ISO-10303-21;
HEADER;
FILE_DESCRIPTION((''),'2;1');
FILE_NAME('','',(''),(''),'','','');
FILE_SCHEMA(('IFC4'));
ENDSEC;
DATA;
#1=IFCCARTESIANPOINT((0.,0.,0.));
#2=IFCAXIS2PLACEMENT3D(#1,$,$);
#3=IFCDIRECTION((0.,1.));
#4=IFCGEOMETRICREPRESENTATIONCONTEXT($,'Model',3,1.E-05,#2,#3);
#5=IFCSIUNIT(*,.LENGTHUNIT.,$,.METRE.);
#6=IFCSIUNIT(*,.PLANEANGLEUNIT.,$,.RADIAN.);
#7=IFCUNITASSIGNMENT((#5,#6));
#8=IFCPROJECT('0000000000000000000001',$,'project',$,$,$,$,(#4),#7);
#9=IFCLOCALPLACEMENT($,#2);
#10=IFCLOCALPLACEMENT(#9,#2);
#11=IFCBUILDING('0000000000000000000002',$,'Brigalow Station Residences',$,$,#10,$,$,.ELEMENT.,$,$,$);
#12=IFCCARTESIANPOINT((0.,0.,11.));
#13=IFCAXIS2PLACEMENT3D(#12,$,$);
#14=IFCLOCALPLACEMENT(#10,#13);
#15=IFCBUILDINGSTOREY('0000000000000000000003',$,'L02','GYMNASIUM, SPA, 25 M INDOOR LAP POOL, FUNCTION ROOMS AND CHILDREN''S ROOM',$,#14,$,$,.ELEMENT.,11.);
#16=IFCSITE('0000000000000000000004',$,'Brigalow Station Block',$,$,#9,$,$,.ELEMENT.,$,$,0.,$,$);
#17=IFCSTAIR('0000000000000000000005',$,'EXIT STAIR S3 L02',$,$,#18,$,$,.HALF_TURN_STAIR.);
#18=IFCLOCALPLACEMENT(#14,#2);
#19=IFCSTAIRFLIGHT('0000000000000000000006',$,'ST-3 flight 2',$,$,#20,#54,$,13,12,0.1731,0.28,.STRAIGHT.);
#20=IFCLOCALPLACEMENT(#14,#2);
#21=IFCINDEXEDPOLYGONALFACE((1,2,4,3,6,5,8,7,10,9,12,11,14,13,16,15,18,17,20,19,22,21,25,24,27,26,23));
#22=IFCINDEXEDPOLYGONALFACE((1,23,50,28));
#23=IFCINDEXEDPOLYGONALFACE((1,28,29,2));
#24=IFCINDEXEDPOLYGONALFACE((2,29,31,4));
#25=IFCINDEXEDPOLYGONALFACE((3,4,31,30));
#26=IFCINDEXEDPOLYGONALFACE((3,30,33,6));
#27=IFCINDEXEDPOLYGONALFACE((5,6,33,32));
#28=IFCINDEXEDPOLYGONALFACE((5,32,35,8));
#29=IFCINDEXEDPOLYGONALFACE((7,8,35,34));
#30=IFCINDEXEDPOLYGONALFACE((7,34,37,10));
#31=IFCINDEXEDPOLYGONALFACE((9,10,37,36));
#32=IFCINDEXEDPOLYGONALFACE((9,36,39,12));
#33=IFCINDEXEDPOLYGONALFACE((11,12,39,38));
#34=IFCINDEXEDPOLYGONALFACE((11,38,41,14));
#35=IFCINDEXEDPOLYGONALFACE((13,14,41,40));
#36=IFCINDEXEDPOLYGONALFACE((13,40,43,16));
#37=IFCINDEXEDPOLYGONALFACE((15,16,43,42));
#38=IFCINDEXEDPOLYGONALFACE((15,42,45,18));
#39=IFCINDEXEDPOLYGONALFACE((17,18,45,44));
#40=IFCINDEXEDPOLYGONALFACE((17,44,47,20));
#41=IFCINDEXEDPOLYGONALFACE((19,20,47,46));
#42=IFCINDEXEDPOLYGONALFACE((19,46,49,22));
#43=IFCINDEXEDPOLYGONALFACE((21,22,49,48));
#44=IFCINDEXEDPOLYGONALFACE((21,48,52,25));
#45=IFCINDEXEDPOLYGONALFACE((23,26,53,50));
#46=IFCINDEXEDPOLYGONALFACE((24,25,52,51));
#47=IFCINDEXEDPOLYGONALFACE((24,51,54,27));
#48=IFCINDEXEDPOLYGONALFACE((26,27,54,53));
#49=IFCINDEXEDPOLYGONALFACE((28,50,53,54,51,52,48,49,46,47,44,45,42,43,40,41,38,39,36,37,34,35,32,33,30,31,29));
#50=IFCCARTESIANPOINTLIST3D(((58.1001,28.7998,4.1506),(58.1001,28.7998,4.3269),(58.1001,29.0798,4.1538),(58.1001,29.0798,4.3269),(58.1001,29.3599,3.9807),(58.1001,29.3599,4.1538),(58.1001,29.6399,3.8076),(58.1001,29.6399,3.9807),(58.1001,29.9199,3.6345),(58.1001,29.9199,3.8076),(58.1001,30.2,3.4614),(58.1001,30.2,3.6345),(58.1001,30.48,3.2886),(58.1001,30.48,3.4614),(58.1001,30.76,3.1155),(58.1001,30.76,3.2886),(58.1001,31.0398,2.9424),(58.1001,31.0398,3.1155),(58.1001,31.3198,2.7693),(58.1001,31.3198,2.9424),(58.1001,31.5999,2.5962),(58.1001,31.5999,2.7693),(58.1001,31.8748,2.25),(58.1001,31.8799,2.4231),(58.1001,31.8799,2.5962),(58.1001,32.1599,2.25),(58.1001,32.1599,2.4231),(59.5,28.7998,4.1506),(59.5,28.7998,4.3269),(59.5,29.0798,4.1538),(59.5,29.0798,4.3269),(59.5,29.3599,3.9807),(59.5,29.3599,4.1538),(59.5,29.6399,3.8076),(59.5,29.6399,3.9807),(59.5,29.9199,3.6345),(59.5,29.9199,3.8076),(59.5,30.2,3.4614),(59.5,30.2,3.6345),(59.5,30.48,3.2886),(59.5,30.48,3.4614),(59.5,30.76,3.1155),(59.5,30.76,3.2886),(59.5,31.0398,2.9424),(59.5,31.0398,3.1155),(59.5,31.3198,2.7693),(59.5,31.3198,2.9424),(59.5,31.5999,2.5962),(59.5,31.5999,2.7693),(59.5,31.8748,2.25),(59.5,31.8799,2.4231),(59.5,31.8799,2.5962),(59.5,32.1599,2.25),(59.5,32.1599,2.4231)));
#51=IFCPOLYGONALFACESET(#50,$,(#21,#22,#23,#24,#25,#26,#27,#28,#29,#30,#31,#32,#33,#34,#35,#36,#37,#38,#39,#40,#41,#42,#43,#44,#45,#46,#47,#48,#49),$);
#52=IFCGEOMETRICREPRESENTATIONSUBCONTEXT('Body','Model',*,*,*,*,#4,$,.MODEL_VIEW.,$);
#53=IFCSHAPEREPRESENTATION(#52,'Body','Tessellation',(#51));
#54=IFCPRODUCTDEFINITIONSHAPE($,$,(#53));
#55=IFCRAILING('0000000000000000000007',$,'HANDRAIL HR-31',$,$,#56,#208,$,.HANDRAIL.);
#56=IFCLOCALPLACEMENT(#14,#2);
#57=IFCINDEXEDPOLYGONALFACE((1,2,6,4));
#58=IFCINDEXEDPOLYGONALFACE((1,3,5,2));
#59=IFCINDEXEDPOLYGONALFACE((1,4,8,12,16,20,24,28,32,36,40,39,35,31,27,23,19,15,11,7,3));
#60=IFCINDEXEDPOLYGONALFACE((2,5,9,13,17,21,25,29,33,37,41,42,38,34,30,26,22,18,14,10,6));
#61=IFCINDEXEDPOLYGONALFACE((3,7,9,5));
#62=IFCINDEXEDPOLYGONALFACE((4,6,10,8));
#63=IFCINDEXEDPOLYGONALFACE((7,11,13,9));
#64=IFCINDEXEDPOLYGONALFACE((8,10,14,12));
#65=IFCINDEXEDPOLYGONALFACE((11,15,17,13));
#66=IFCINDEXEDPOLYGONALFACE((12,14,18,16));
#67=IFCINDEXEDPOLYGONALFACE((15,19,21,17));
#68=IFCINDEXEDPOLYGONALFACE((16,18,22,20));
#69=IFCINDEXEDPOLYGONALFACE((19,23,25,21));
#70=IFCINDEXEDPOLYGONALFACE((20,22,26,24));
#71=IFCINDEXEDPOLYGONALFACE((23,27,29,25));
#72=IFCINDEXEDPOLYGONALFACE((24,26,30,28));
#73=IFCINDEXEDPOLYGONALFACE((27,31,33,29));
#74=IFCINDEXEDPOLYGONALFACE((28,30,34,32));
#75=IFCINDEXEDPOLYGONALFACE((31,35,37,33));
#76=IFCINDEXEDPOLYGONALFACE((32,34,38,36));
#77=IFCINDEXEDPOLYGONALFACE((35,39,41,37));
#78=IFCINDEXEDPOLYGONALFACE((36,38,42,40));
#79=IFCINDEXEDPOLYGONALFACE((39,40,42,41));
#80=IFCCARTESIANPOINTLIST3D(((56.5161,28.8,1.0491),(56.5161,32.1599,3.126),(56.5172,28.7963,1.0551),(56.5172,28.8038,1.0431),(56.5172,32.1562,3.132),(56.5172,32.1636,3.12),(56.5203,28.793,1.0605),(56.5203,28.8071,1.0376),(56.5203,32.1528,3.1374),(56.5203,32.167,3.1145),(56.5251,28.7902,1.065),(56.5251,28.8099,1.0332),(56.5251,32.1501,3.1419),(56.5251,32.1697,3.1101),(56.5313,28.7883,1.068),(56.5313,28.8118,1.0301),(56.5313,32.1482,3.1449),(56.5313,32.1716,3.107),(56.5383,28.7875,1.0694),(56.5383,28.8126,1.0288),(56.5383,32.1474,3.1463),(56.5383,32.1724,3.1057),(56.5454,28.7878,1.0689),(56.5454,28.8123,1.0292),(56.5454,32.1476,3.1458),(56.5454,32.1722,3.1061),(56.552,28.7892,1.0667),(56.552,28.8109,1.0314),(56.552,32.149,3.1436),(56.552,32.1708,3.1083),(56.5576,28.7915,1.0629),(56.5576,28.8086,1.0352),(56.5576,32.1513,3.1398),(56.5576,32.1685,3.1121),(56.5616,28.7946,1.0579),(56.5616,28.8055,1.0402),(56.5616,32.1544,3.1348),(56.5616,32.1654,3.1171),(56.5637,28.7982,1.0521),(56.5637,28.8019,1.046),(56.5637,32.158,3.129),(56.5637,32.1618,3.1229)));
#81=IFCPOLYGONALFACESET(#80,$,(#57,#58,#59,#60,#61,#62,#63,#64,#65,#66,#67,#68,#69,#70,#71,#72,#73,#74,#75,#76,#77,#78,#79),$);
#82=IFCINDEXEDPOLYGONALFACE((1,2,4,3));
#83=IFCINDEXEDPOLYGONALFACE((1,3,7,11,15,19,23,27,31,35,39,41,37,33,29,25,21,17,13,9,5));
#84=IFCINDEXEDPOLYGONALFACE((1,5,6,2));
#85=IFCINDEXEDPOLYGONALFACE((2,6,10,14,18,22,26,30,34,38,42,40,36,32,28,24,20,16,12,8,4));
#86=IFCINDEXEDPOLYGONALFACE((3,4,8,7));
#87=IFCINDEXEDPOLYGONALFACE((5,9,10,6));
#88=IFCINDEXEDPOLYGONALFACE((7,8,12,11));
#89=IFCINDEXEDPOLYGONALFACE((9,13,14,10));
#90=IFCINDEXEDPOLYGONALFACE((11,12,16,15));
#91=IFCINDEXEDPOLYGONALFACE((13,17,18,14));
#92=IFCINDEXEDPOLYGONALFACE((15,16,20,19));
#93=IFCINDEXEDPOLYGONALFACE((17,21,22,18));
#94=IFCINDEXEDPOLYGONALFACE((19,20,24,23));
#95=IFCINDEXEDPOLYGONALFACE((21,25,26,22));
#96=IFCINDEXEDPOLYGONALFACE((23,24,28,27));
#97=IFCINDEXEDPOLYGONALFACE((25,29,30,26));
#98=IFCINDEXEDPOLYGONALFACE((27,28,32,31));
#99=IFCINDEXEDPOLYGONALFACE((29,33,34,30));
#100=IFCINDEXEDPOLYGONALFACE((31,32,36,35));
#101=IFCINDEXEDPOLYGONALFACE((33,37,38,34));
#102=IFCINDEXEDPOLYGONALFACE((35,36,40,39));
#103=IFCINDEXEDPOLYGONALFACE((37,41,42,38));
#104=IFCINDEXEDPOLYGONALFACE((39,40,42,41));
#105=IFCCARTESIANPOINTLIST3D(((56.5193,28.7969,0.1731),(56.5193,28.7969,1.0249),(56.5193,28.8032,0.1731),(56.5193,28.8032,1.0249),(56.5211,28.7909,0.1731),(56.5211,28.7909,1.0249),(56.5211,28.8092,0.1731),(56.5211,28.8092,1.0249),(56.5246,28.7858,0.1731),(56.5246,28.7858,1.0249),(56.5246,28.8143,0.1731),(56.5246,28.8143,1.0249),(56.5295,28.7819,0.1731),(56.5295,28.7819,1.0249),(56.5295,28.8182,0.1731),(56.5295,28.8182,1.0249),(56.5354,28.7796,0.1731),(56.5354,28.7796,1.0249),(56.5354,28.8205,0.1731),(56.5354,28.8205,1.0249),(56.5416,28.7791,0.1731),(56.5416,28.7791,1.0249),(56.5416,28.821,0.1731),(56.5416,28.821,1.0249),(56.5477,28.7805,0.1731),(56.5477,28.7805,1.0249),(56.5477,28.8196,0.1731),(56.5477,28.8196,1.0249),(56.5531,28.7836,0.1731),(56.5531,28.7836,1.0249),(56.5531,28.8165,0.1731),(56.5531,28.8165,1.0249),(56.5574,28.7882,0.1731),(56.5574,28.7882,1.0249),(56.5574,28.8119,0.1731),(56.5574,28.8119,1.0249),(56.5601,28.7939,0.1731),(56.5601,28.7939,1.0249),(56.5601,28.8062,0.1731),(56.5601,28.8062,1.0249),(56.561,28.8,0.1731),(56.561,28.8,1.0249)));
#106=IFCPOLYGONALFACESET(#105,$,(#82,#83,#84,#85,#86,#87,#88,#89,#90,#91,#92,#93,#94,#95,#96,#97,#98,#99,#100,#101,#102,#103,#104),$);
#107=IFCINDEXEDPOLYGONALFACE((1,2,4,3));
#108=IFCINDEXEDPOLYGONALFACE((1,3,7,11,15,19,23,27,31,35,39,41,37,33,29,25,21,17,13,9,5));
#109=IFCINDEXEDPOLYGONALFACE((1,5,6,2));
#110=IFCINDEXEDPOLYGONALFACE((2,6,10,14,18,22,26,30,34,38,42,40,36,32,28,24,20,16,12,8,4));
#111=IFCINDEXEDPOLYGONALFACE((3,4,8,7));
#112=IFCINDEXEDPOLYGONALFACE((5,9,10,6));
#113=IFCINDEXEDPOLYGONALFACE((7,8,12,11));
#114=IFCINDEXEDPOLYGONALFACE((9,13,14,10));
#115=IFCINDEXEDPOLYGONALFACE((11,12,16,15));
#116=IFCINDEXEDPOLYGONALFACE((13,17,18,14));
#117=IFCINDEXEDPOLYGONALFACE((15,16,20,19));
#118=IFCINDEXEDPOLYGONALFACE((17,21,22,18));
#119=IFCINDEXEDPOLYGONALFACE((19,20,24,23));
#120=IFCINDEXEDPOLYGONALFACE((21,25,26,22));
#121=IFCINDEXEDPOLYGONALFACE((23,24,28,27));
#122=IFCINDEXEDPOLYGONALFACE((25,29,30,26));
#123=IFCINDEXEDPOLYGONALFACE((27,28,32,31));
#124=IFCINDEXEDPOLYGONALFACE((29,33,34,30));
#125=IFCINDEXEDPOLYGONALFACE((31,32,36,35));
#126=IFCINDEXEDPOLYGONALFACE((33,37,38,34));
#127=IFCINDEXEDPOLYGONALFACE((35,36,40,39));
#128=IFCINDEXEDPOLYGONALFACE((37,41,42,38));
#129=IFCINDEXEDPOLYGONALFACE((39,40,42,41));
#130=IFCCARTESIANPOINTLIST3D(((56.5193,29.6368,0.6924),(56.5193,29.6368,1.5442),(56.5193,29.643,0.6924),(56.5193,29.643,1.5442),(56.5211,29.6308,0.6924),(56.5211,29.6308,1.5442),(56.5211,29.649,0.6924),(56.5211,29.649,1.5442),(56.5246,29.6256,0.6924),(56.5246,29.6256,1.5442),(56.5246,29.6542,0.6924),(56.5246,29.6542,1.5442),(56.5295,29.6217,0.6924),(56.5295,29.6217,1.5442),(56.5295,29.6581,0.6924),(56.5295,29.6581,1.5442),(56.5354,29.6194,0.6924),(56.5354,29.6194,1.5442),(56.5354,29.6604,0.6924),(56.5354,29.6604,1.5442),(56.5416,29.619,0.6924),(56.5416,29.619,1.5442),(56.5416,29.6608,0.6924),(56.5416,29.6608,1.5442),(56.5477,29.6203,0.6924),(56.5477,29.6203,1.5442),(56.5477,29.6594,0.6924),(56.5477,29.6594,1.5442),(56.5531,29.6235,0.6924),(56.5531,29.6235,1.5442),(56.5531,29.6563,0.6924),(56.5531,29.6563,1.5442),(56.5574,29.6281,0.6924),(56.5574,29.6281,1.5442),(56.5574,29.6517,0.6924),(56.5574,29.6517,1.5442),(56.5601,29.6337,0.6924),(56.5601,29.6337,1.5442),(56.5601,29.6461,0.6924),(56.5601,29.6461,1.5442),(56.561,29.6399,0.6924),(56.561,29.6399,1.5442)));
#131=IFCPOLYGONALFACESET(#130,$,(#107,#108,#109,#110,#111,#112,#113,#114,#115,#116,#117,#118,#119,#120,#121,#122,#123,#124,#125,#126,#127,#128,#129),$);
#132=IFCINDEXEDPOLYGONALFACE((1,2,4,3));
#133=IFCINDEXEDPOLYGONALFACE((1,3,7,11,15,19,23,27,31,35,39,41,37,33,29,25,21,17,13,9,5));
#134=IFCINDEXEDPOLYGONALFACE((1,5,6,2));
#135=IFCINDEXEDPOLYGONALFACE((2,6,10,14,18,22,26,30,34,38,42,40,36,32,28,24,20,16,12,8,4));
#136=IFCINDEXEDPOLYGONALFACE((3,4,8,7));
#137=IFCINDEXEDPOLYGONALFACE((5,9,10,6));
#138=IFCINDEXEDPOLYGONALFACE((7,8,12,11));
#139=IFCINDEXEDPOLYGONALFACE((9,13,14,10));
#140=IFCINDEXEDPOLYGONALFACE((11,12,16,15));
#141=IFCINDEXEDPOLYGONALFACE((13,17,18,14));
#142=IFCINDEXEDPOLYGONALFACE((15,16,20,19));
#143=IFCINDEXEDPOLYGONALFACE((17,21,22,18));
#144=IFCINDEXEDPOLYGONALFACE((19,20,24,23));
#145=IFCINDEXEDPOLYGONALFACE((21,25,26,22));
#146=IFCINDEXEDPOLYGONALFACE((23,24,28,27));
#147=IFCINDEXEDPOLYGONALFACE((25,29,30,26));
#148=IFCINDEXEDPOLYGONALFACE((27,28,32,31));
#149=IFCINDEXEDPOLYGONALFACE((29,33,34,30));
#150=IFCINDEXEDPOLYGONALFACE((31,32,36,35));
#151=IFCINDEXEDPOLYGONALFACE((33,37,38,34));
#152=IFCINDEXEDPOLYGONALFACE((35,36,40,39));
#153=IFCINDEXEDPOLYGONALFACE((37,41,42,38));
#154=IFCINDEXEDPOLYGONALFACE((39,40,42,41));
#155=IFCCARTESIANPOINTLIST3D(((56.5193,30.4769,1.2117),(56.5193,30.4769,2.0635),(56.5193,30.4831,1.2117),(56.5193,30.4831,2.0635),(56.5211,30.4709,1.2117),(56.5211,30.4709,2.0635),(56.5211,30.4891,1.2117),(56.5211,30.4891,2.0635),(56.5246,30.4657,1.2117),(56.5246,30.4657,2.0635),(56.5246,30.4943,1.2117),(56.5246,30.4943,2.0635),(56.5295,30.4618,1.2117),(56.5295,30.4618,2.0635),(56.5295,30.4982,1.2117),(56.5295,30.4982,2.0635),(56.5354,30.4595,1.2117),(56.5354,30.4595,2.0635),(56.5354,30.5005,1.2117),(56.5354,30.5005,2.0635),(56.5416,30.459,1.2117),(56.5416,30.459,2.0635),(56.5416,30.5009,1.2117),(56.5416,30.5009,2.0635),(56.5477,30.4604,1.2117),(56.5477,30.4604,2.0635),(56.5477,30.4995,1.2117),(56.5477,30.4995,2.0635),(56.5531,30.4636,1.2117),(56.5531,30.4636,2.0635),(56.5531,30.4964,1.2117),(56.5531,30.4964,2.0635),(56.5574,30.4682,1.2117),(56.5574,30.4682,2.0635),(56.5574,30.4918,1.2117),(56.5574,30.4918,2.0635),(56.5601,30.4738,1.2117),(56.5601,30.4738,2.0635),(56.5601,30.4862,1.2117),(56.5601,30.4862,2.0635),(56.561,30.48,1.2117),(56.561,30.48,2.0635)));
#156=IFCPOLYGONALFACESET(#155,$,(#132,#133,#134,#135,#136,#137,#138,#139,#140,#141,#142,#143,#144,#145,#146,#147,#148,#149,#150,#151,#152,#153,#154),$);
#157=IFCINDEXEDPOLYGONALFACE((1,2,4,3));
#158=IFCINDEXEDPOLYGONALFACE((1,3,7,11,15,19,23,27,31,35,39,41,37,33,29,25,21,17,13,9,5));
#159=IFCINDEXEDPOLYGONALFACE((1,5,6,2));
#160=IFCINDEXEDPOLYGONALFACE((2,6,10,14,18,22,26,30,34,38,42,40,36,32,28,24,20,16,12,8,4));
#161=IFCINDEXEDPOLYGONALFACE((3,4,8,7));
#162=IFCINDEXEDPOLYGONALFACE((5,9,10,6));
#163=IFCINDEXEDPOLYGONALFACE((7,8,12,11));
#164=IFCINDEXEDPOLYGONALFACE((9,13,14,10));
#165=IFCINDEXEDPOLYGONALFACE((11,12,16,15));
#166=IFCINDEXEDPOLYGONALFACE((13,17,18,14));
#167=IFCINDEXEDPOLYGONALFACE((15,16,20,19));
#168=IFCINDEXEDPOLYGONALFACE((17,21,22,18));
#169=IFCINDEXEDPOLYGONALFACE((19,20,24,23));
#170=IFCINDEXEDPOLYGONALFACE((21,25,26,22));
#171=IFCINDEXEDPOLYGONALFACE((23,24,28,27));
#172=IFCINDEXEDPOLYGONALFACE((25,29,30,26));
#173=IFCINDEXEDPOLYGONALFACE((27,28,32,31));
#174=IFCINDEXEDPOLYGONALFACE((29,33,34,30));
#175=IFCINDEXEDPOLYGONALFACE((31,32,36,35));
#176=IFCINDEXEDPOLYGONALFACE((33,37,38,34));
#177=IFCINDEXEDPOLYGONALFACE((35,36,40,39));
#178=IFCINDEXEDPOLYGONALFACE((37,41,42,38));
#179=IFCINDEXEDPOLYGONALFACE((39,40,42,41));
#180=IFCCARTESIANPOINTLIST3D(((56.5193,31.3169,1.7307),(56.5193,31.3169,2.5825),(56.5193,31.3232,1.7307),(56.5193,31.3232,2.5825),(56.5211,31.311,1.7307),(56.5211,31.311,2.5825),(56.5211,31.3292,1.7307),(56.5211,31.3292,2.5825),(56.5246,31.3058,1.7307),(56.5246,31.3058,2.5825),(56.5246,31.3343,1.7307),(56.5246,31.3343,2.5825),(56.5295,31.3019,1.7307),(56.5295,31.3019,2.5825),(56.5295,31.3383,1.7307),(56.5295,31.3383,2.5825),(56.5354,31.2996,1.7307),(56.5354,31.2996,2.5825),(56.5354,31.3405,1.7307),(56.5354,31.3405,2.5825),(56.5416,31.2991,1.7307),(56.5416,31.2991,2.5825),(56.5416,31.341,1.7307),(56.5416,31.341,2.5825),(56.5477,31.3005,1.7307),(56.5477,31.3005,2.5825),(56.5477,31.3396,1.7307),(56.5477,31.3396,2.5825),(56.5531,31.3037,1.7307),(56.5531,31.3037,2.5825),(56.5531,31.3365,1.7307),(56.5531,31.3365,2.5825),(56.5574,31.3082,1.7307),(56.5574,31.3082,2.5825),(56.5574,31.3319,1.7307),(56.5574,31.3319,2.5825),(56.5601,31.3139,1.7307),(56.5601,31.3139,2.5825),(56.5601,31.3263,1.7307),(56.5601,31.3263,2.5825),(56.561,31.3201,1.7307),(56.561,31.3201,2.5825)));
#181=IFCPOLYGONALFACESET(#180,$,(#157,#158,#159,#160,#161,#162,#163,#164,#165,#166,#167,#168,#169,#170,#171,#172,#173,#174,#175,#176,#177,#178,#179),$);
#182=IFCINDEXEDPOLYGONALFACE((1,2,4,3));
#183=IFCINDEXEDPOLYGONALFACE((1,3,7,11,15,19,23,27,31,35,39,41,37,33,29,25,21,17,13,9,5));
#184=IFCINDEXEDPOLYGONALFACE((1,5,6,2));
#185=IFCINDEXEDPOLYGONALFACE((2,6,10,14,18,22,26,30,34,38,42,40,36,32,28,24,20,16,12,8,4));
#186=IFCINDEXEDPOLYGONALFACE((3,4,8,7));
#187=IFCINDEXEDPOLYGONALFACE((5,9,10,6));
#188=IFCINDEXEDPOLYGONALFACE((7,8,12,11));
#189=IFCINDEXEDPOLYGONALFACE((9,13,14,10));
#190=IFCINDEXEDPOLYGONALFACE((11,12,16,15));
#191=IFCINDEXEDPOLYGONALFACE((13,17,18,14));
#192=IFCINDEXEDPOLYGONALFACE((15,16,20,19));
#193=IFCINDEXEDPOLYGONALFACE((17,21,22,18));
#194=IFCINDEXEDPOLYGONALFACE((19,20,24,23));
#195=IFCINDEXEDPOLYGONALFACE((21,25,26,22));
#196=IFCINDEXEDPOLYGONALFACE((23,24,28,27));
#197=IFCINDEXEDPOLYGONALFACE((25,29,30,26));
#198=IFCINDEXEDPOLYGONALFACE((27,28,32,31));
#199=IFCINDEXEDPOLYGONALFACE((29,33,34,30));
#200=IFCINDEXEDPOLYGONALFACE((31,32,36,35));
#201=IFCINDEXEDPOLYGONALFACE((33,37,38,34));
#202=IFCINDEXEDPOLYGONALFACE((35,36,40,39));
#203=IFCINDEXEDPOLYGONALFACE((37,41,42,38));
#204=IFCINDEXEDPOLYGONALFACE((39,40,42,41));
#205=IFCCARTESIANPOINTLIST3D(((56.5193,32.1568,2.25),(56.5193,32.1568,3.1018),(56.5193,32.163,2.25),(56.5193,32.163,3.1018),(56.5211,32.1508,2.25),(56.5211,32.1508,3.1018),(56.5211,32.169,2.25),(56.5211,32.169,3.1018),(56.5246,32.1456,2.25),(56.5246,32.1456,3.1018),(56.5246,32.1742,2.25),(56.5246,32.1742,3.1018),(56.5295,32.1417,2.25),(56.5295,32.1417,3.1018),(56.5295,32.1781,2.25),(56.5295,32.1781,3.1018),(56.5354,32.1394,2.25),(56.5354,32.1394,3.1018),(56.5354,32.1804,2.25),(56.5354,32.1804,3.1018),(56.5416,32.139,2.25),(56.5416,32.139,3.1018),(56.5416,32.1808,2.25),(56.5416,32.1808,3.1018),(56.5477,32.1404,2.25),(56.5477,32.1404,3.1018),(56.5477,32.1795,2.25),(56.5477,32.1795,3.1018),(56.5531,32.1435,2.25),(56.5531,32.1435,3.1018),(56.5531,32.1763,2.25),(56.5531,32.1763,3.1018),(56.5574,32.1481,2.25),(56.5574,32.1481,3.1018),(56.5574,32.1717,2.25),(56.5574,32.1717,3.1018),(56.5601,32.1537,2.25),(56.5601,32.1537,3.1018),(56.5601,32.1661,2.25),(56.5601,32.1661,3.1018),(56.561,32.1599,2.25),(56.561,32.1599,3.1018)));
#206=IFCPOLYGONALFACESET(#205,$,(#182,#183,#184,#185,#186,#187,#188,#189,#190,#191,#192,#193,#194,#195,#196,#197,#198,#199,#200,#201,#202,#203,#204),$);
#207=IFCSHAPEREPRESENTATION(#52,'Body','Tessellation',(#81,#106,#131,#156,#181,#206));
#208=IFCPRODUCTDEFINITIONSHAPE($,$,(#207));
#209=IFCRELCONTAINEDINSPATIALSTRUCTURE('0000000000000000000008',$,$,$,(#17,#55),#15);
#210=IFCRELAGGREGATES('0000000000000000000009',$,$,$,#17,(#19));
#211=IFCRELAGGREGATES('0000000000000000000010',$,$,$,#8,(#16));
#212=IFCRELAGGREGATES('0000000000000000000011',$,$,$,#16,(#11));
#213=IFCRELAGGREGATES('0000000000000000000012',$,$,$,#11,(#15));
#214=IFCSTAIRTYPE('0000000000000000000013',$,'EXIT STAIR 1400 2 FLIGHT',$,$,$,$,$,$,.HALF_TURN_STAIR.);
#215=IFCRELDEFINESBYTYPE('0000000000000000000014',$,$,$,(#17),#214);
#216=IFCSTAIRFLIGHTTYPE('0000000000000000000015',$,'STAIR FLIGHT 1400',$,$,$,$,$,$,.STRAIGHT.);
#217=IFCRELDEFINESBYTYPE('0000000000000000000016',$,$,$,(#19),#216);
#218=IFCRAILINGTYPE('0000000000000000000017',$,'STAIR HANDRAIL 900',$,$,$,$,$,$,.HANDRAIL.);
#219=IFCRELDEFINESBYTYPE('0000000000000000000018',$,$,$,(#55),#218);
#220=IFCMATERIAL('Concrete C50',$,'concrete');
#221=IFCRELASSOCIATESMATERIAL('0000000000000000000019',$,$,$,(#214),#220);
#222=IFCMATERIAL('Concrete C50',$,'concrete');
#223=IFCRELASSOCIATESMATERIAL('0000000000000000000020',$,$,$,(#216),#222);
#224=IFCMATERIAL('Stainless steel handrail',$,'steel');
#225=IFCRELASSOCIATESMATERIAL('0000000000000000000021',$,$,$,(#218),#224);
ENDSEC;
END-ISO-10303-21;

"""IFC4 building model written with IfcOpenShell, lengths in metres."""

from ifc_helpers import new_model, si_unit, direction, frame, origin, origin_2d, place, context, subcontext, project, spatial, polyline, circle, outline, extrude, material, type_object, element, aggregate, save


model = new_model("IFC4")

# Units and contexts
model_context = context("Model", 3, precision=1e-05, world=origin(), true_north=direction((0.0, 1.0)))
body_context = subcontext(model_context, "Body", "Model", "MODEL_VIEW")
ifc_project = project(units=[si_unit("LENGTHUNIT", "METRE"), si_unit("PLANEANGLEUNIT", "RADIAN")], contexts=[model_context])

# Site, building, storey
site_placement = place(None, origin())
site = spatial("IfcSite", under=ifc_project, at=site_placement, Name="Brigalow Station Block", CompositionType="ELEMENT", RefElevation=0.0)
building_placement = place(site_placement, origin())
building = spatial("IfcBuilding", under=site, at=building_placement, Name="Brigalow Station Residences", CompositionType="ELEMENT")
storey_placement = place(building_placement, frame((0.0, 0.0, 11.0)))
storey = spatial("IfcBuildingStorey", under=building, at=storey_placement, Name="L02", Description="GYMNASIUM, SPA, 25 M INDOOR LAP POOL, FUNCTION ROOMS AND CHILDREN'S ROOM", CompositionType="ELEMENT", Elevation=11.0)

# Stair, stair flight
ifc_material_1 = material(Name="Concrete C50", Category="concrete")
stair_type = type_object("IfcStairType", Name="EXIT STAIR 1400 2 FLIGHT", PredefinedType="HALF_TURN_STAIR", material=ifc_material_1)
stair_placement = place(storey_placement, origin())
stair = element("IfcStair", 1, at=stair_placement, inside=storey, type_object=stair_type, Name="EXIT STAIR S3 L02", PredefinedType="HALF_TURN_STAIR")
ifc_material_2 = material(Name="Concrete C50", Category="concrete")
stair_flight_type = type_object("IfcStairFlightType", Name="STAIR FLIGHT 1400", PredefinedType="STRAIGHT", material=ifc_material_2)
stair_flight_1_placement = place(storey_placement, frame((58.8, 32.1599, 2.25), z_axis=(0.0, 0.0, 1.0), x_axis=(0.0, -1.0, 0.0)))
stair_flight_1 = element("IfcStairFlight", 2, at=stair_flight_1_placement, type_object=stair_flight_type, Name="ST-3 flight 2", NumberOfRisers=13, NumberOfTreads=12, PredefinedType="STRAIGHT", RiserHeight=0.1731, TreadLength=0.28, context=body_context, shape_type="SweptSolid", body=[
    extrude(outline(polyline([(0.0, 0.0), (0.0, 0.1731), (0.28, 0.1731), (0.28, 0.3462), (0.5601, 0.3462), (0.5601, 0.5193), (0.8401, 0.5193), (0.8401, 0.6924), (1.1201, 0.6924), (1.1201, 0.8655), (1.3999, 0.8655), (1.3999, 1.0386), (1.6799, 1.0386), (1.6799, 1.2114), (1.96, 1.2114), (1.96, 1.3845), (2.24, 1.3845), (2.24, 1.5576), (2.52, 1.5576), (2.52, 1.7307), (2.8, 1.7307), (2.8, 1.9038), (3.0801, 1.9038), (3.0801, 2.0769), (3.3601, 2.0769), (3.3601, 2.25), (3.3601, 1.9006), (0.2852, 0.0), (0.0, 0.0)])), frame((0.0, 0.7, 0.0), z_axis=(0.0, -1.0, 0.0), x_axis=(1.0, 0.0, 0.0)), (0.0, 0.0, 1.0), 1.3999),
])
aggregate(stair, [stair_flight_1])

# Railing
ifc_material_3 = material(Name="Stainless steel handrail", Category="steel")
railing_type_1 = type_object("IfcRailingType", Name="STAIR HANDRAIL 900", PredefinedType="HANDRAIL", material=ifc_material_3)
railing_1_placement = place(storey_placement, frame((56.54, 28.8, 0.1731)))
element("IfcRailing", 3, at=railing_1_placement, inside=storey, type_object=railing_type_1, Name="HANDRAIL HR-31", PredefinedType="HANDRAIL", context=body_context, shape_type="SweptSolid", body=[
    extrude(circle(Radius=0.0239, at=origin_2d()), frame((0.0, 0.0, 0.876), z_axis=(0.0, 0.850606, 0.525803), x_axis=(-1.0, 0.0, 0.0)), (0.0, 0.0, 1.0), 3.95),
    extrude(circle(Radius=0.021, at=origin_2d()), origin(), (0.0, 0.0, 1.0), 0.8518),
    extrude(circle(Radius=0.021, at=origin_2d()), frame((0.0, 0.8398, 0.5193)), (0.0, 0.0, 1.0), 0.8518),
    extrude(circle(Radius=0.021, at=origin_2d()), frame((0.0, 1.6799, 1.0386)), (0.0, 0.0, 1.0), 0.8518),
    extrude(circle(Radius=0.021, at=origin_2d()), frame((0.0, 2.52, 1.5576)), (0.0, 0.0, 1.0), 0.8518),
    extrude(circle(Radius=0.021, at=origin_2d()), frame((0.0, 3.3599, 2.0769)), (0.0, 0.0, 1.0), 0.8518),
])

save(model, "model.ifc")
